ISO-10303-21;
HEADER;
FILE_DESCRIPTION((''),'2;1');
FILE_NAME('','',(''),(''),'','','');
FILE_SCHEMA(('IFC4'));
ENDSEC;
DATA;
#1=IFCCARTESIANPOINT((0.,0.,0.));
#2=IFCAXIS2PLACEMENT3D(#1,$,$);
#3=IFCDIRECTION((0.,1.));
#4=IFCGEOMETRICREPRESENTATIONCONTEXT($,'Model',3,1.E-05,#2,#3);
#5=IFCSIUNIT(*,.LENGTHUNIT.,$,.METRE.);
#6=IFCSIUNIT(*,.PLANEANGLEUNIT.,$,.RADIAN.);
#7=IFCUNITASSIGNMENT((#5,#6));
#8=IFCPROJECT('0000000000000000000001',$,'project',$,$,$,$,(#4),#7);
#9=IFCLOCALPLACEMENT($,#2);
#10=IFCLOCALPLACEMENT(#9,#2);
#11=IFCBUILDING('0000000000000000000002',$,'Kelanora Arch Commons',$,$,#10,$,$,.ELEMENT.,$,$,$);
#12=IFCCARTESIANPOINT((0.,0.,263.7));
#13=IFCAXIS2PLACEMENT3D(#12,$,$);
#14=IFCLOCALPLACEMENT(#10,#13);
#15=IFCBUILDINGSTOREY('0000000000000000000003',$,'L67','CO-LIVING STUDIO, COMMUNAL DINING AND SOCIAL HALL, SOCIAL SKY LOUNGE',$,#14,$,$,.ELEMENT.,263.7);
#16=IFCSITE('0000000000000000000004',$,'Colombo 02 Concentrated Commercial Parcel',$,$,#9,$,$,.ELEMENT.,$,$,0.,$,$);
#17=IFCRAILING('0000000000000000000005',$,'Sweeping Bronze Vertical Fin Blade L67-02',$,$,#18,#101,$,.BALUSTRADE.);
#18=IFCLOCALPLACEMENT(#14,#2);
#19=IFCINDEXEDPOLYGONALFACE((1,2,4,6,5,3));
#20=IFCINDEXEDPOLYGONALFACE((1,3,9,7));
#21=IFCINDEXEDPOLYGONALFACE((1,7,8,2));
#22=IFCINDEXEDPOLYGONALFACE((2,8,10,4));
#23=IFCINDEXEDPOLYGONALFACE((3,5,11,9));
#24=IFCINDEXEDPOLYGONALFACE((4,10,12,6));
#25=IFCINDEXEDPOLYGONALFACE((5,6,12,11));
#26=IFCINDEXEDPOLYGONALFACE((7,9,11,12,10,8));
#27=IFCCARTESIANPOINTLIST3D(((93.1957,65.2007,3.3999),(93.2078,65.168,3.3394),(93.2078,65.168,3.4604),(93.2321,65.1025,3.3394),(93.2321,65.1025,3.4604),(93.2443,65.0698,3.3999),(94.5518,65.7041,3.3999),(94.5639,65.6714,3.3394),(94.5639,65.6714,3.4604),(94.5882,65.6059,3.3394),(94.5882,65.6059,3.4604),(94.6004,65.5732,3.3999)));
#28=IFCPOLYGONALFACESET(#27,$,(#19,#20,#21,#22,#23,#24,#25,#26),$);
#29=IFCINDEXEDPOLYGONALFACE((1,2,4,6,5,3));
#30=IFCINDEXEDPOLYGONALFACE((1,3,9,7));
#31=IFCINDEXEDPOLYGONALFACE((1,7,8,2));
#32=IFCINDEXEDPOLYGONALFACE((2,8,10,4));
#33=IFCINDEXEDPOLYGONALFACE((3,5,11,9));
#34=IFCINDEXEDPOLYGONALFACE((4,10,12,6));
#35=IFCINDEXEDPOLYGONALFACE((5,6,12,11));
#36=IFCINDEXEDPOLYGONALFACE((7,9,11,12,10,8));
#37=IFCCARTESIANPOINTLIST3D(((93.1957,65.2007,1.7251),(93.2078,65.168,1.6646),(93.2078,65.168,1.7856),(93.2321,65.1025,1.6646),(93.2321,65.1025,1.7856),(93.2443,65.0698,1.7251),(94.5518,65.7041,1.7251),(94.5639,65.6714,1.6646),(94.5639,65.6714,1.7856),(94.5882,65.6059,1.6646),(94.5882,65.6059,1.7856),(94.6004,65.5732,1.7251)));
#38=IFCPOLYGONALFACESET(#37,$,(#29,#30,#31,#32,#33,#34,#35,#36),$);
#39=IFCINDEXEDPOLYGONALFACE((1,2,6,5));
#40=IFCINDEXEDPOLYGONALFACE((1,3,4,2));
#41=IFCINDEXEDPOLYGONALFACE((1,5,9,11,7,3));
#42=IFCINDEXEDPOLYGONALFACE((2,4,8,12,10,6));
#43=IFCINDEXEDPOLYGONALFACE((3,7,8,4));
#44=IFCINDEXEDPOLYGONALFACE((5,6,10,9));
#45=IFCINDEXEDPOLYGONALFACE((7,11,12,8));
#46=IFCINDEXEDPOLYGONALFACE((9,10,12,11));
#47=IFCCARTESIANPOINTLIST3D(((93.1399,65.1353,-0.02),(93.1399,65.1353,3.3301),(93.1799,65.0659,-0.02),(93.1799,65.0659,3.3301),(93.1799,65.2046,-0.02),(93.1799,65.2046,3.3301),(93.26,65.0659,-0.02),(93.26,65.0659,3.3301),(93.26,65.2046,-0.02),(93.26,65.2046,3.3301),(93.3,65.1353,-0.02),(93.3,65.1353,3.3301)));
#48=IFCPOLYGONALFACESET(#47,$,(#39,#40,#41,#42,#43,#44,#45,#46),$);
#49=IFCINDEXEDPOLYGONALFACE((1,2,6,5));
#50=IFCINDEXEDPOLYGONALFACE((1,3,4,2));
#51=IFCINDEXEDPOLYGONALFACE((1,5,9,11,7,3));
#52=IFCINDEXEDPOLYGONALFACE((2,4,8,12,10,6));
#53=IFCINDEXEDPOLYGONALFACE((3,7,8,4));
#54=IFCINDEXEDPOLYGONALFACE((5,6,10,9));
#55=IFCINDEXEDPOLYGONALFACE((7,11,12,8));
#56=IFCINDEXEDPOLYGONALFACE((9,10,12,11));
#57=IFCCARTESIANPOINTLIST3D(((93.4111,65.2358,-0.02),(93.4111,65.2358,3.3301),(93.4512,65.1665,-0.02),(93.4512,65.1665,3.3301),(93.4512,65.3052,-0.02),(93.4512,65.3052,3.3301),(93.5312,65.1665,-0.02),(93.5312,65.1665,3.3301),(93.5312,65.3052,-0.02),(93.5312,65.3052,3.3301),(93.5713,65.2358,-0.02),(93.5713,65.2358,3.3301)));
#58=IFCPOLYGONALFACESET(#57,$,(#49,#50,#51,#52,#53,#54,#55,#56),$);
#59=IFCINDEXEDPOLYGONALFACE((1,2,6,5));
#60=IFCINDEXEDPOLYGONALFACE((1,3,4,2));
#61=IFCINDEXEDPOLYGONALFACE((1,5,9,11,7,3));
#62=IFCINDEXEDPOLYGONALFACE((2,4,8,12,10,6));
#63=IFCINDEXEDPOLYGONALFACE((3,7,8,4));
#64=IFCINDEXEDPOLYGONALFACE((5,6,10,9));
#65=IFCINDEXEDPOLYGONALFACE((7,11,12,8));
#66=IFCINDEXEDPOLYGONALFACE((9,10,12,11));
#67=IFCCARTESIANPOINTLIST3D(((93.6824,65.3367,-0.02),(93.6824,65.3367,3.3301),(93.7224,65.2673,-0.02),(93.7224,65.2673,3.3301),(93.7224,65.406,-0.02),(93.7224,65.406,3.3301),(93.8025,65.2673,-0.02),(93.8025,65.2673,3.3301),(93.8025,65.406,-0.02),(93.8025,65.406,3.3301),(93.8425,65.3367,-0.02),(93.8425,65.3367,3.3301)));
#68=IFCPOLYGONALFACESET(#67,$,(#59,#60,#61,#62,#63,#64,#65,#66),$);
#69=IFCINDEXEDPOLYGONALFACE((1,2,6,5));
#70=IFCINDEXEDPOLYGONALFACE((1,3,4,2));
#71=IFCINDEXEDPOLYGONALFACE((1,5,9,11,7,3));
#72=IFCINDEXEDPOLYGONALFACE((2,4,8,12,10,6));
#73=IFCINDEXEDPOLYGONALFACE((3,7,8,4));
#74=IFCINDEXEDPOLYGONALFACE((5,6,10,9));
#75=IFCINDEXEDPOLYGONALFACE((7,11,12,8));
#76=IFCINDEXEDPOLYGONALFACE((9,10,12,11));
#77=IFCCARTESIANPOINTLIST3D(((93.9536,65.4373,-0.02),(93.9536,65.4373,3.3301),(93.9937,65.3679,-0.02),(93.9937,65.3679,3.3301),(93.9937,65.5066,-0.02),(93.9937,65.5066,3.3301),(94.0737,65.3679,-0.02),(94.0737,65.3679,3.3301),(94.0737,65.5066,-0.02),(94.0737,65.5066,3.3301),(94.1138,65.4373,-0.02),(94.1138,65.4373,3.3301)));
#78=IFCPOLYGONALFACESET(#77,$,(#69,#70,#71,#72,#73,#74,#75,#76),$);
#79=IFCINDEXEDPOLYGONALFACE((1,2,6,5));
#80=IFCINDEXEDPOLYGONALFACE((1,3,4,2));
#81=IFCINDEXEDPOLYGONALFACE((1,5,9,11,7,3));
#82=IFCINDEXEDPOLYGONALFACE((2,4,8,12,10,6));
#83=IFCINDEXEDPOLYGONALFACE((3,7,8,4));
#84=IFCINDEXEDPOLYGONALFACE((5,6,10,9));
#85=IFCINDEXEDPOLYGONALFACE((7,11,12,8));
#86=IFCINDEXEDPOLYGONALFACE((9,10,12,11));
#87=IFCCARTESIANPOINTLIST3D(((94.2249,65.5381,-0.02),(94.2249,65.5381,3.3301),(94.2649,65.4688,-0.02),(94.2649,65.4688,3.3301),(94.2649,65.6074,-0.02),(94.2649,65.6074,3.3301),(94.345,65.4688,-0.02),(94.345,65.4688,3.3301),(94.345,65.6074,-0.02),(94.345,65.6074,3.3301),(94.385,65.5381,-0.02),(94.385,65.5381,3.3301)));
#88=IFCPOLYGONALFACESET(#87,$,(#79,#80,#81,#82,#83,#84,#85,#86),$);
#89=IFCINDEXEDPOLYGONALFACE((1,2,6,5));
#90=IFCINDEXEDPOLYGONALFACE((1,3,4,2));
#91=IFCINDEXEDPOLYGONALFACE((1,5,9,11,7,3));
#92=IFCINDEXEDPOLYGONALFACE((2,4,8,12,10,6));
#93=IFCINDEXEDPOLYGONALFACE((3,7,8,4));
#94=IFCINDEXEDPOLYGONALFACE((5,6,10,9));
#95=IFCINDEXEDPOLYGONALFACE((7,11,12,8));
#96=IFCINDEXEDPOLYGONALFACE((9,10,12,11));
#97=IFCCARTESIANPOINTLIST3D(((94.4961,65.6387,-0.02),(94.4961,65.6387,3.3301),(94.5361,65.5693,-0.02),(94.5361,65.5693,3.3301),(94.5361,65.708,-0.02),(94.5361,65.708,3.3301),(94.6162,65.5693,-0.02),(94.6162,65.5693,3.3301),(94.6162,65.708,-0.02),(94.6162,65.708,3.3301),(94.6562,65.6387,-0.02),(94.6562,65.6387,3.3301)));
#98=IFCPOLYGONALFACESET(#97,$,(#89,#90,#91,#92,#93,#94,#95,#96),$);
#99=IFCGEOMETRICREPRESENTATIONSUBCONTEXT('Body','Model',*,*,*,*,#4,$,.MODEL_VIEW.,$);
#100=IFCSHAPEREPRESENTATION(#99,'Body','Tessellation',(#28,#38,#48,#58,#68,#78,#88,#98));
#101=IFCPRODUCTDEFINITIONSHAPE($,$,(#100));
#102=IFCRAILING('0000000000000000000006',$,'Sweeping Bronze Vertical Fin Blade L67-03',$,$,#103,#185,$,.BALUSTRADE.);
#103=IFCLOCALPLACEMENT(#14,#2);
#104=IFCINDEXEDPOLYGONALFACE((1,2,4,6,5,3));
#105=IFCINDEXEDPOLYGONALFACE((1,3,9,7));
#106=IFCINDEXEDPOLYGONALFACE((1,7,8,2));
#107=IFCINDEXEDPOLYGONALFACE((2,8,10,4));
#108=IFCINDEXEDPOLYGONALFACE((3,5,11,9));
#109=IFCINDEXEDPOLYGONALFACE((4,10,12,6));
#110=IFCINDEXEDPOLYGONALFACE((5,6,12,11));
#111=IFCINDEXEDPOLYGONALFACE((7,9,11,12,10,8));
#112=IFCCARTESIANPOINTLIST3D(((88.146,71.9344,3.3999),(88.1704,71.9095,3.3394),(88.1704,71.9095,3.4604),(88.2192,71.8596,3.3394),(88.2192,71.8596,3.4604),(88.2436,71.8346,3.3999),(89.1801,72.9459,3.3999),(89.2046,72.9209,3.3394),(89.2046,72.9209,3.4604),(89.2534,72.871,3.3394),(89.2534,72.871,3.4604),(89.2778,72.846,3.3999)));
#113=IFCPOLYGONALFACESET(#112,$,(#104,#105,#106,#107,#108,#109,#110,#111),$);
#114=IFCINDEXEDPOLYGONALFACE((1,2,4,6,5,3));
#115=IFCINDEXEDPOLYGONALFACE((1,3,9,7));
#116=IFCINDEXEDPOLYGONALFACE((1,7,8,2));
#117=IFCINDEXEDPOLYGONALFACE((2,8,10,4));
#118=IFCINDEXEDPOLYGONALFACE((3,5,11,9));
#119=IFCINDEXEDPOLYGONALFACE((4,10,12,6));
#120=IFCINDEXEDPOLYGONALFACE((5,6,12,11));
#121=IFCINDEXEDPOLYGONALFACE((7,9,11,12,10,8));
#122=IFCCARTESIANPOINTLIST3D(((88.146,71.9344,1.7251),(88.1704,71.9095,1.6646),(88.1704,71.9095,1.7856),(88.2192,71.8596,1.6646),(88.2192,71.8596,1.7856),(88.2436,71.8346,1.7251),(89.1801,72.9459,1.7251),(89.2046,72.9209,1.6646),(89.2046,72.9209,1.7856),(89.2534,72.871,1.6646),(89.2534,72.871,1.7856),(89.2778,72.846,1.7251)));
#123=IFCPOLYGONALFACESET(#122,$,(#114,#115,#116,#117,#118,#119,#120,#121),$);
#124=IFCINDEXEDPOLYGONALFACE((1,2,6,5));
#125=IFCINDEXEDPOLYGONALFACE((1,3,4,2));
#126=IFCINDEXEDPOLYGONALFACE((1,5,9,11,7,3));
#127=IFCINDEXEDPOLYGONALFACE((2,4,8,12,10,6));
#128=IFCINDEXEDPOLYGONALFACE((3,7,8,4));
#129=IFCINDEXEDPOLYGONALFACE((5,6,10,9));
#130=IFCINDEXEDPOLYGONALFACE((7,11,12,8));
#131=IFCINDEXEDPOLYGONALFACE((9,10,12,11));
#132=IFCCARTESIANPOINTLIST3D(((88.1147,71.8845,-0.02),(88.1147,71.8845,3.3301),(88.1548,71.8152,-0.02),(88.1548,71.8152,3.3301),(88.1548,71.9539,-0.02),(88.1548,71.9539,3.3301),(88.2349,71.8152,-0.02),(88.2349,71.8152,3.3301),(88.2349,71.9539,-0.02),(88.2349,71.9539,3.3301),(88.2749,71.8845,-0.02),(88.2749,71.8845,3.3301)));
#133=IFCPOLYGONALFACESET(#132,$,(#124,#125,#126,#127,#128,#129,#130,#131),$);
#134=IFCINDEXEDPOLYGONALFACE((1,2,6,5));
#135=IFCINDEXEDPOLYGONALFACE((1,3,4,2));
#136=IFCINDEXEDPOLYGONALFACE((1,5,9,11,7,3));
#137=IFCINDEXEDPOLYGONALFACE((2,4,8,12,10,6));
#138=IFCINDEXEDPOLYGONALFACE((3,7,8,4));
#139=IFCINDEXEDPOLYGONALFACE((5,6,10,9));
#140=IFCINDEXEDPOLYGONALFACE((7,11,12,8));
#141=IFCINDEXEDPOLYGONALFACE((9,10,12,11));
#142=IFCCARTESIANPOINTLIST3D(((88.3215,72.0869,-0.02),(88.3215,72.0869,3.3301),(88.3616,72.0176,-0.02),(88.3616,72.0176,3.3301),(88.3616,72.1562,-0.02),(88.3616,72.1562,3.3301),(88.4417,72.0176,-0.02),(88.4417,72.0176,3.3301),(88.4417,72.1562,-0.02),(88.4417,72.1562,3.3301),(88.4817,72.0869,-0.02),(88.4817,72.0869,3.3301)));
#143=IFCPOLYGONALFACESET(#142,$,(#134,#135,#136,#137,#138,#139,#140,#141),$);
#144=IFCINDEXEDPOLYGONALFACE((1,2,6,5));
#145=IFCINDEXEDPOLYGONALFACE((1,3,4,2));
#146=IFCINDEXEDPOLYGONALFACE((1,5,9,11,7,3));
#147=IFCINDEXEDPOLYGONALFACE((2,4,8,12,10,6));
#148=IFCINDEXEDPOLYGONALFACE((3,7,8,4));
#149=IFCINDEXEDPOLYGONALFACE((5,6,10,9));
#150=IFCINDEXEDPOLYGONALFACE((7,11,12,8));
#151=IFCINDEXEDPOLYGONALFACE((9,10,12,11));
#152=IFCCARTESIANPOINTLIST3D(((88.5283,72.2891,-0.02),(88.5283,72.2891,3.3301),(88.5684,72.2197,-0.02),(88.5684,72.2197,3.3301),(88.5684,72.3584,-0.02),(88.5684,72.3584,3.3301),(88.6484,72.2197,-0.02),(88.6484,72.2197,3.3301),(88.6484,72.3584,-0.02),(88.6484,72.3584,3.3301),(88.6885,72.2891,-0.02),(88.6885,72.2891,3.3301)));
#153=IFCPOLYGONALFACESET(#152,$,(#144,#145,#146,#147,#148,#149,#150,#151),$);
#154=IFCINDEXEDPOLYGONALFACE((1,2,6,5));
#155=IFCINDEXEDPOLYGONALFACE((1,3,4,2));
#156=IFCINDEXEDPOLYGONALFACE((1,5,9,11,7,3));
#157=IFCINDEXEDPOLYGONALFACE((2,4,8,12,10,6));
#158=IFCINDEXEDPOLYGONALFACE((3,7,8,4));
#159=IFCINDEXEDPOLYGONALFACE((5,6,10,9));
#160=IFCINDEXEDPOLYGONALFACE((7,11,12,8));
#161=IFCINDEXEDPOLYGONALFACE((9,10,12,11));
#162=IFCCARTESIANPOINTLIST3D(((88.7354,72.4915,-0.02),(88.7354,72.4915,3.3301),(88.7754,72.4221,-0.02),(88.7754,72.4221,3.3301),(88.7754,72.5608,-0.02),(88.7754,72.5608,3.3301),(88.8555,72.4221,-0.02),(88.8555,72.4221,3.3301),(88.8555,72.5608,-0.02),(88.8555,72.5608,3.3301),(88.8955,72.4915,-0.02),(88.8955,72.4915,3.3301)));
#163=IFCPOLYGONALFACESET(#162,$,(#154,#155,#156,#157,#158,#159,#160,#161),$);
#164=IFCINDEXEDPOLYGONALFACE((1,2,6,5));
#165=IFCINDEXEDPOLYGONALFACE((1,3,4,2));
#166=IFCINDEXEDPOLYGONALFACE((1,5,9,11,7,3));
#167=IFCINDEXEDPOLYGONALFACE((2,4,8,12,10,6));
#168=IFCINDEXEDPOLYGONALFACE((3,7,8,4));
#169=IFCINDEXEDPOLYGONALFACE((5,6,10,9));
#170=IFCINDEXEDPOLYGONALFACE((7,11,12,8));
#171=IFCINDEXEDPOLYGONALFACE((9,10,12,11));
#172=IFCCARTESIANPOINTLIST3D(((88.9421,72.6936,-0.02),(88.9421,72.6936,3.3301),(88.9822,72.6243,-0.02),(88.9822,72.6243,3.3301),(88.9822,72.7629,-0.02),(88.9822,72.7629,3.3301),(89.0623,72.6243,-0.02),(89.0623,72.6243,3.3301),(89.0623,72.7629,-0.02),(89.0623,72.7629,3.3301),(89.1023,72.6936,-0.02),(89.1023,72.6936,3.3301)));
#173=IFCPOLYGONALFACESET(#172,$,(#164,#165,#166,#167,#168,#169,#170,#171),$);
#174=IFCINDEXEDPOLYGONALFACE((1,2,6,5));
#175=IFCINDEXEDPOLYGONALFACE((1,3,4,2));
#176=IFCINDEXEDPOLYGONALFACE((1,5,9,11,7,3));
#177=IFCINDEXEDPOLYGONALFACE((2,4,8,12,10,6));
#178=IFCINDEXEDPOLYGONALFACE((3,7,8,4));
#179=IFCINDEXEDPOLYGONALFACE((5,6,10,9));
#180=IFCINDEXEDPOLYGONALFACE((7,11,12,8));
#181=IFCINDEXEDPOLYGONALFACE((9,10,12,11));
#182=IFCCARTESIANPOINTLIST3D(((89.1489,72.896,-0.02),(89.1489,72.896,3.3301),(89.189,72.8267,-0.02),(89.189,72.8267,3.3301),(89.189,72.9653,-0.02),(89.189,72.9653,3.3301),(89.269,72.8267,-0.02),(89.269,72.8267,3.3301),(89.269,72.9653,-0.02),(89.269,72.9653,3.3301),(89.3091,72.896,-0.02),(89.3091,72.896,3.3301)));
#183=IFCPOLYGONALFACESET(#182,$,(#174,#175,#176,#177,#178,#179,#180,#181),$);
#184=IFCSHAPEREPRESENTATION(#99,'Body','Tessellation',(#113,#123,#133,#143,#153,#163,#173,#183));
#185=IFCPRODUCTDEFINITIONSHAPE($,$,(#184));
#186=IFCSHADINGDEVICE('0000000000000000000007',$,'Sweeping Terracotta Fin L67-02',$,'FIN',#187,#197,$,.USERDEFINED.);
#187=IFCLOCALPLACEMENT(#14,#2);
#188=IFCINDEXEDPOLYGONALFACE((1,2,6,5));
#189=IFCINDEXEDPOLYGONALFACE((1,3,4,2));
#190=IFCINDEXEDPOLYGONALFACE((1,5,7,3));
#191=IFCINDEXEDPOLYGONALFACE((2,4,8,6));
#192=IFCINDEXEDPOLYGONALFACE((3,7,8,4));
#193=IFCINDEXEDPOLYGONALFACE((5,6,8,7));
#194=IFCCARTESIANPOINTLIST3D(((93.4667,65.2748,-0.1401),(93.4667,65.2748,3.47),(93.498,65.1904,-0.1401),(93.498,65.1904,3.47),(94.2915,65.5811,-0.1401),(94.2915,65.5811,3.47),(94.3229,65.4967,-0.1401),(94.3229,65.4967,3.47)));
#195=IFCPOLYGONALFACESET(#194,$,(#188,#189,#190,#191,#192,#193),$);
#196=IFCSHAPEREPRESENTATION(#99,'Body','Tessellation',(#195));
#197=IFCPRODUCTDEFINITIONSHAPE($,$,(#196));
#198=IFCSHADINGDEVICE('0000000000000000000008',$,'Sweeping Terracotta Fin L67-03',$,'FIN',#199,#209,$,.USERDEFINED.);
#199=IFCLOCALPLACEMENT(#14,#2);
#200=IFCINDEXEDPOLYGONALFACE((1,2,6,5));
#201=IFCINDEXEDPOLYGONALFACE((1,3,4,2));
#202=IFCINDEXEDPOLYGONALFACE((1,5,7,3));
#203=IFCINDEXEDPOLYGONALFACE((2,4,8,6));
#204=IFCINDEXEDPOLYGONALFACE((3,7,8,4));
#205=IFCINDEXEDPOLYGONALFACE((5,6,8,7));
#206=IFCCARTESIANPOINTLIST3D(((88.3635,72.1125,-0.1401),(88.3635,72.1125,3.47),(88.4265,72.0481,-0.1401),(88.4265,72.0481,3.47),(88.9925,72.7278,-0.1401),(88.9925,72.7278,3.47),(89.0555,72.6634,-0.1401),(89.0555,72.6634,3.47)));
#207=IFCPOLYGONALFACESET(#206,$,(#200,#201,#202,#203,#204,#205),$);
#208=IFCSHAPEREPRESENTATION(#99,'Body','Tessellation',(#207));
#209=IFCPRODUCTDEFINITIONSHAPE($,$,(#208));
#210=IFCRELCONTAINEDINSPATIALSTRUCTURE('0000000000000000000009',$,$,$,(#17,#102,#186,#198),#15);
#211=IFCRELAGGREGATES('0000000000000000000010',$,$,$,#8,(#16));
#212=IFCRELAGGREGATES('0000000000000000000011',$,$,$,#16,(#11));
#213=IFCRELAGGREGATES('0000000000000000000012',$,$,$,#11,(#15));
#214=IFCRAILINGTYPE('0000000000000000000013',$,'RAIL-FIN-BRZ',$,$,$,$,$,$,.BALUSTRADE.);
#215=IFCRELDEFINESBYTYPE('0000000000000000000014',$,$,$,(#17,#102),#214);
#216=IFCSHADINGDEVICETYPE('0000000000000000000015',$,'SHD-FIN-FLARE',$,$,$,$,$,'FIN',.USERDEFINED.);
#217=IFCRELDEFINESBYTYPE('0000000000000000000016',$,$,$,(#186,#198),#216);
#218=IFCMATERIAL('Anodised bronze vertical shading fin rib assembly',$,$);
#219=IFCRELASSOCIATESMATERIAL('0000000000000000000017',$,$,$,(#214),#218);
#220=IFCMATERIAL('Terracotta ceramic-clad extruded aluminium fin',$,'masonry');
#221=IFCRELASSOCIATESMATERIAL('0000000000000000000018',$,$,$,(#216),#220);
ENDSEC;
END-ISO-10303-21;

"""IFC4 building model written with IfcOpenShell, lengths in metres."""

from ifc_helpers import new_model, si_unit, direction, frame, origin, origin_2d, place, context, subcontext, project, spatial, polyline, rectangle, outline, extrude, source, transform, mapped, material, type_object, element, save


model = new_model("IFC4")

# Units and contexts
model_context = context("Model", 3, precision=1e-05, world=origin(), true_north=direction((0.0, 1.0)))
body_context = subcontext(model_context, "Body", "Model", "MODEL_VIEW")
ifc_project = project(units=[si_unit("LENGTHUNIT", "METRE"), si_unit("PLANEANGLEUNIT", "RADIAN")], contexts=[model_context])

# Site, building, storey
site_placement = place(None, origin())
site = spatial("IfcSite", under=ifc_project, at=site_placement, Name="Colombo 02 Concentrated Commercial Parcel", CompositionType="ELEMENT", RefElevation=0.0)
building_placement = place(site_placement, origin())
building = spatial("IfcBuilding", under=site, at=building_placement, Name="Kelanora Arch Commons", CompositionType="ELEMENT")
storey_placement = place(building_placement, frame((0.0, 0.0, 263.7)))
storey = spatial("IfcBuildingStorey", under=building, at=storey_placement, Name="L67", Description="CO-LIVING STUDIO, COMMUNAL DINING AND SOCIAL HALL, SOCIAL SKY LOUNGE", CompositionType="ELEMENT", Elevation=263.7)

# Railings
ifc_material_1 = material(Name="Anodised bronze vertical shading fin rib assembly")
railing_type = type_object("IfcRailingType", Name="RAIL-FIN-BRZ", PredefinedType="BALUSTRADE", material=ifc_material_1)
railing_1_placement = place(storey_placement, frame((93.22, 65.1353, -0.02)))
element("IfcRailing", 1, at=railing_1_placement, inside=storey, type_object=railing_type, Name="Sweeping Bronze Vertical Fin Blade L67-02", PredefinedType="BALUSTRADE", context=body_context, shape_type="SweptSolid", body=[
    extrude(outline(polyline([(0.0698, 0.0), (0.0349, 0.0605), (-0.0349, 0.0605), (-0.0698, 0.0), (-0.0349, -0.0605), (0.0349, -0.0605), (0.0698, 0.0)])), frame((0.0, 0.0, 3.4199), z_axis=(0.937496, 0.347996, 0.0), x_axis=(-0.347996, 0.937496, 0.0)), (0.0, 0.0, 1.0), 1.4465),
    extrude(outline(polyline([(0.0698, 0.0), (0.0349, 0.0605), (-0.0349, 0.0605), (-0.0698, 0.0), (-0.0349, -0.0605), (0.0349, -0.0605), (0.0698, 0.0)])), frame((0.0, 0.0, 1.7451), z_axis=(0.937496, 0.347996, 0.0), x_axis=(-0.347996, 0.937496, 0.0)), (0.0, 0.0, 1.0), 1.4465),
    extrude(outline(polyline([(0.0801, 0.0), (0.04, 0.0693), (-0.04, 0.0693), (-0.0801, 0.0), (-0.04, -0.0693), (0.04, -0.0693), (0.0801, 0.0)])), origin(), (0.0, 0.0, 1.0), 3.3501),
    extrude(outline(polyline([(0.0801, 0.0), (0.04, 0.0693), (-0.04, 0.0693), (-0.0801, 0.0), (-0.04, -0.0693), (0.04, -0.0693), (0.0801, 0.0)])), frame((0.2712, 0.1006, 0.0)), (0.0, 0.0, 1.0), 3.3501),
    extrude(outline(polyline([(0.0801, 0.0), (0.04, 0.0693), (-0.04, 0.0693), (-0.0801, 0.0), (-0.04, -0.0693), (0.04, -0.0693), (0.0801, 0.0)])), frame((0.5425, 0.2014, 0.0)), (0.0, 0.0, 1.0), 3.3501),
    extrude(outline(polyline([(0.0801, 0.0), (0.04, 0.0693), (-0.04, 0.0693), (-0.0801, 0.0), (-0.04, -0.0693), (0.04, -0.0693), (0.0801, 0.0)])), frame((0.8137, 0.302, 0.0)), (0.0, 0.0, 1.0), 3.3501),
    extrude(outline(polyline([(0.0801, 0.0), (0.04, 0.0693), (-0.04, 0.0693), (-0.0801, 0.0), (-0.04, -0.0693), (0.04, -0.0693), (0.0801, 0.0)])), frame((1.085, 0.4028, 0.0)), (0.0, 0.0, 1.0), 3.3501),
    extrude(outline(polyline([(0.0801, 0.0), (0.04, 0.0693), (-0.04, 0.0693), (-0.0801, 0.0), (-0.04, -0.0693), (0.04, -0.0693), (0.0801, 0.0)])), frame((1.3562, 0.5034, 0.0)), (0.0, 0.0, 1.0), 3.3501),
])
railing_2_placement = place(storey_placement, frame((88.1948, 71.8845, -0.02)))
element("IfcRailing", 2, at=railing_2_placement, inside=storey, type_object=railing_type, Name="Sweeping Bronze Vertical Fin Blade L67-03", PredefinedType="BALUSTRADE", context=body_context, shape_type="SweptSolid", body=[
    extrude(outline(polyline([(0.0698, 0.0), (0.0349, 0.0605), (-0.0349, 0.0605), (-0.0698, 0.0), (-0.0349, -0.0605), (0.0349, -0.0605), (0.0698, 0.0)])), frame((0.0, 0.0, 3.4199), z_axis=(0.714911, 0.699215, 0.0), x_axis=(-0.699215, 0.714911, 0.0)), (0.0, 0.0, 1.0), 1.4465),
    extrude(outline(polyline([(0.0698, 0.0), (0.0349, 0.0605), (-0.0349, 0.0605), (-0.0698, 0.0), (-0.0349, -0.0605), (0.0349, -0.0605), (0.0698, 0.0)])), frame((0.0, 0.0, 1.7451), z_axis=(0.714911, 0.699215, 0.0), x_axis=(-0.699215, 0.714911, 0.0)), (0.0, 0.0, 1.0), 1.4465),
    extrude(outline(polyline([(0.0801, 0.0), (0.04, 0.0693), (-0.04, 0.0693), (-0.0801, 0.0), (-0.04, -0.0693), (0.04, -0.0693), (0.0801, 0.0)])), origin(), (0.0, 0.0, 1.0), 3.3501),
    extrude(outline(polyline([(0.0801, 0.0), (0.04, 0.0693), (-0.04, 0.0693), (-0.0801, 0.0), (-0.04, -0.0693), (0.04, -0.0693), (0.0801, 0.0)])), frame((0.2068, 0.2024, 0.0)), (0.0, 0.0, 1.0), 3.3501),
    extrude(outline(polyline([(0.0801, 0.0), (0.04, 0.0693), (-0.04, 0.0693), (-0.0801, 0.0), (-0.04, -0.0693), (0.04, -0.0693), (0.0801, 0.0)])), frame((0.4136, 0.4045, 0.0)), (0.0, 0.0, 1.0), 3.3501),
    extrude(outline(polyline([(0.0801, 0.0), (0.04, 0.0693), (-0.04, 0.0693), (-0.0801, 0.0), (-0.04, -0.0693), (0.04, -0.0693), (0.0801, 0.0)])), frame((0.6206, 0.6069, 0.0)), (0.0, 0.0, 1.0), 3.3501),
    extrude(outline(polyline([(0.0801, 0.0), (0.04, 0.0693), (-0.04, 0.0693), (-0.0801, 0.0), (-0.04, -0.0693), (0.04, -0.0693), (0.0801, 0.0)])), frame((0.8274, 0.8091, 0.0)), (0.0, 0.0, 1.0), 3.3501),
    extrude(outline(polyline([(0.0801, 0.0), (0.04, 0.0693), (-0.04, 0.0693), (-0.0801, 0.0), (-0.04, -0.0693), (0.04, -0.0693), (0.0801, 0.0)])), frame((1.0342, 1.0115, 0.0)), (0.0, 0.0, 1.0), 3.3501),
])

# Shading devices
ifc_material_2 = material(Name="Terracotta ceramic-clad extruded aluminium fin", Category="masonry")
shading_device_type = type_object("IfcShadingDeviceType", Name="SHD-FIN-FLARE", ElementType="FIN", PredefinedType="USERDEFINED", material=ifc_material_2)
shared_shape_1 = source(origin(), body_context, "Body", "SweptSolid", [
    extrude(rectangle(XDim=0.8799, YDim=0.0901, at=origin_2d()), origin(), (0.0, 0.0, 1.0), 3.6101),
])
for number, where, z_axis, x_axis, name in (
    (3, (93.8948, 65.3857, -0.1401), (0.0, 0.0, 1.0), (0.937464, 0.348081, 0.0), "Sweeping Terracotta Fin L67-02"),
    (4, (88.7095, 72.3879, -0.1401), (0.0, 0.0, 1.0), (0.714839, 0.699289, 0.0), "Sweeping Terracotta Fin L67-03"),
):
    element("IfcShadingDevice", number, at=place(storey_placement, frame(where, z_axis=z_axis, x_axis=x_axis)), inside=storey, type_object=shading_device_type, Name=name, ObjectType="FIN", PredefinedType="USERDEFINED", context=body_context, shape_type="MappedRepresentation", body=[
        mapped(shared_shape_1, transform((0.0, 0.0, 0.0), scale=1.0)),
    ])

save(model, "model.ifc")
